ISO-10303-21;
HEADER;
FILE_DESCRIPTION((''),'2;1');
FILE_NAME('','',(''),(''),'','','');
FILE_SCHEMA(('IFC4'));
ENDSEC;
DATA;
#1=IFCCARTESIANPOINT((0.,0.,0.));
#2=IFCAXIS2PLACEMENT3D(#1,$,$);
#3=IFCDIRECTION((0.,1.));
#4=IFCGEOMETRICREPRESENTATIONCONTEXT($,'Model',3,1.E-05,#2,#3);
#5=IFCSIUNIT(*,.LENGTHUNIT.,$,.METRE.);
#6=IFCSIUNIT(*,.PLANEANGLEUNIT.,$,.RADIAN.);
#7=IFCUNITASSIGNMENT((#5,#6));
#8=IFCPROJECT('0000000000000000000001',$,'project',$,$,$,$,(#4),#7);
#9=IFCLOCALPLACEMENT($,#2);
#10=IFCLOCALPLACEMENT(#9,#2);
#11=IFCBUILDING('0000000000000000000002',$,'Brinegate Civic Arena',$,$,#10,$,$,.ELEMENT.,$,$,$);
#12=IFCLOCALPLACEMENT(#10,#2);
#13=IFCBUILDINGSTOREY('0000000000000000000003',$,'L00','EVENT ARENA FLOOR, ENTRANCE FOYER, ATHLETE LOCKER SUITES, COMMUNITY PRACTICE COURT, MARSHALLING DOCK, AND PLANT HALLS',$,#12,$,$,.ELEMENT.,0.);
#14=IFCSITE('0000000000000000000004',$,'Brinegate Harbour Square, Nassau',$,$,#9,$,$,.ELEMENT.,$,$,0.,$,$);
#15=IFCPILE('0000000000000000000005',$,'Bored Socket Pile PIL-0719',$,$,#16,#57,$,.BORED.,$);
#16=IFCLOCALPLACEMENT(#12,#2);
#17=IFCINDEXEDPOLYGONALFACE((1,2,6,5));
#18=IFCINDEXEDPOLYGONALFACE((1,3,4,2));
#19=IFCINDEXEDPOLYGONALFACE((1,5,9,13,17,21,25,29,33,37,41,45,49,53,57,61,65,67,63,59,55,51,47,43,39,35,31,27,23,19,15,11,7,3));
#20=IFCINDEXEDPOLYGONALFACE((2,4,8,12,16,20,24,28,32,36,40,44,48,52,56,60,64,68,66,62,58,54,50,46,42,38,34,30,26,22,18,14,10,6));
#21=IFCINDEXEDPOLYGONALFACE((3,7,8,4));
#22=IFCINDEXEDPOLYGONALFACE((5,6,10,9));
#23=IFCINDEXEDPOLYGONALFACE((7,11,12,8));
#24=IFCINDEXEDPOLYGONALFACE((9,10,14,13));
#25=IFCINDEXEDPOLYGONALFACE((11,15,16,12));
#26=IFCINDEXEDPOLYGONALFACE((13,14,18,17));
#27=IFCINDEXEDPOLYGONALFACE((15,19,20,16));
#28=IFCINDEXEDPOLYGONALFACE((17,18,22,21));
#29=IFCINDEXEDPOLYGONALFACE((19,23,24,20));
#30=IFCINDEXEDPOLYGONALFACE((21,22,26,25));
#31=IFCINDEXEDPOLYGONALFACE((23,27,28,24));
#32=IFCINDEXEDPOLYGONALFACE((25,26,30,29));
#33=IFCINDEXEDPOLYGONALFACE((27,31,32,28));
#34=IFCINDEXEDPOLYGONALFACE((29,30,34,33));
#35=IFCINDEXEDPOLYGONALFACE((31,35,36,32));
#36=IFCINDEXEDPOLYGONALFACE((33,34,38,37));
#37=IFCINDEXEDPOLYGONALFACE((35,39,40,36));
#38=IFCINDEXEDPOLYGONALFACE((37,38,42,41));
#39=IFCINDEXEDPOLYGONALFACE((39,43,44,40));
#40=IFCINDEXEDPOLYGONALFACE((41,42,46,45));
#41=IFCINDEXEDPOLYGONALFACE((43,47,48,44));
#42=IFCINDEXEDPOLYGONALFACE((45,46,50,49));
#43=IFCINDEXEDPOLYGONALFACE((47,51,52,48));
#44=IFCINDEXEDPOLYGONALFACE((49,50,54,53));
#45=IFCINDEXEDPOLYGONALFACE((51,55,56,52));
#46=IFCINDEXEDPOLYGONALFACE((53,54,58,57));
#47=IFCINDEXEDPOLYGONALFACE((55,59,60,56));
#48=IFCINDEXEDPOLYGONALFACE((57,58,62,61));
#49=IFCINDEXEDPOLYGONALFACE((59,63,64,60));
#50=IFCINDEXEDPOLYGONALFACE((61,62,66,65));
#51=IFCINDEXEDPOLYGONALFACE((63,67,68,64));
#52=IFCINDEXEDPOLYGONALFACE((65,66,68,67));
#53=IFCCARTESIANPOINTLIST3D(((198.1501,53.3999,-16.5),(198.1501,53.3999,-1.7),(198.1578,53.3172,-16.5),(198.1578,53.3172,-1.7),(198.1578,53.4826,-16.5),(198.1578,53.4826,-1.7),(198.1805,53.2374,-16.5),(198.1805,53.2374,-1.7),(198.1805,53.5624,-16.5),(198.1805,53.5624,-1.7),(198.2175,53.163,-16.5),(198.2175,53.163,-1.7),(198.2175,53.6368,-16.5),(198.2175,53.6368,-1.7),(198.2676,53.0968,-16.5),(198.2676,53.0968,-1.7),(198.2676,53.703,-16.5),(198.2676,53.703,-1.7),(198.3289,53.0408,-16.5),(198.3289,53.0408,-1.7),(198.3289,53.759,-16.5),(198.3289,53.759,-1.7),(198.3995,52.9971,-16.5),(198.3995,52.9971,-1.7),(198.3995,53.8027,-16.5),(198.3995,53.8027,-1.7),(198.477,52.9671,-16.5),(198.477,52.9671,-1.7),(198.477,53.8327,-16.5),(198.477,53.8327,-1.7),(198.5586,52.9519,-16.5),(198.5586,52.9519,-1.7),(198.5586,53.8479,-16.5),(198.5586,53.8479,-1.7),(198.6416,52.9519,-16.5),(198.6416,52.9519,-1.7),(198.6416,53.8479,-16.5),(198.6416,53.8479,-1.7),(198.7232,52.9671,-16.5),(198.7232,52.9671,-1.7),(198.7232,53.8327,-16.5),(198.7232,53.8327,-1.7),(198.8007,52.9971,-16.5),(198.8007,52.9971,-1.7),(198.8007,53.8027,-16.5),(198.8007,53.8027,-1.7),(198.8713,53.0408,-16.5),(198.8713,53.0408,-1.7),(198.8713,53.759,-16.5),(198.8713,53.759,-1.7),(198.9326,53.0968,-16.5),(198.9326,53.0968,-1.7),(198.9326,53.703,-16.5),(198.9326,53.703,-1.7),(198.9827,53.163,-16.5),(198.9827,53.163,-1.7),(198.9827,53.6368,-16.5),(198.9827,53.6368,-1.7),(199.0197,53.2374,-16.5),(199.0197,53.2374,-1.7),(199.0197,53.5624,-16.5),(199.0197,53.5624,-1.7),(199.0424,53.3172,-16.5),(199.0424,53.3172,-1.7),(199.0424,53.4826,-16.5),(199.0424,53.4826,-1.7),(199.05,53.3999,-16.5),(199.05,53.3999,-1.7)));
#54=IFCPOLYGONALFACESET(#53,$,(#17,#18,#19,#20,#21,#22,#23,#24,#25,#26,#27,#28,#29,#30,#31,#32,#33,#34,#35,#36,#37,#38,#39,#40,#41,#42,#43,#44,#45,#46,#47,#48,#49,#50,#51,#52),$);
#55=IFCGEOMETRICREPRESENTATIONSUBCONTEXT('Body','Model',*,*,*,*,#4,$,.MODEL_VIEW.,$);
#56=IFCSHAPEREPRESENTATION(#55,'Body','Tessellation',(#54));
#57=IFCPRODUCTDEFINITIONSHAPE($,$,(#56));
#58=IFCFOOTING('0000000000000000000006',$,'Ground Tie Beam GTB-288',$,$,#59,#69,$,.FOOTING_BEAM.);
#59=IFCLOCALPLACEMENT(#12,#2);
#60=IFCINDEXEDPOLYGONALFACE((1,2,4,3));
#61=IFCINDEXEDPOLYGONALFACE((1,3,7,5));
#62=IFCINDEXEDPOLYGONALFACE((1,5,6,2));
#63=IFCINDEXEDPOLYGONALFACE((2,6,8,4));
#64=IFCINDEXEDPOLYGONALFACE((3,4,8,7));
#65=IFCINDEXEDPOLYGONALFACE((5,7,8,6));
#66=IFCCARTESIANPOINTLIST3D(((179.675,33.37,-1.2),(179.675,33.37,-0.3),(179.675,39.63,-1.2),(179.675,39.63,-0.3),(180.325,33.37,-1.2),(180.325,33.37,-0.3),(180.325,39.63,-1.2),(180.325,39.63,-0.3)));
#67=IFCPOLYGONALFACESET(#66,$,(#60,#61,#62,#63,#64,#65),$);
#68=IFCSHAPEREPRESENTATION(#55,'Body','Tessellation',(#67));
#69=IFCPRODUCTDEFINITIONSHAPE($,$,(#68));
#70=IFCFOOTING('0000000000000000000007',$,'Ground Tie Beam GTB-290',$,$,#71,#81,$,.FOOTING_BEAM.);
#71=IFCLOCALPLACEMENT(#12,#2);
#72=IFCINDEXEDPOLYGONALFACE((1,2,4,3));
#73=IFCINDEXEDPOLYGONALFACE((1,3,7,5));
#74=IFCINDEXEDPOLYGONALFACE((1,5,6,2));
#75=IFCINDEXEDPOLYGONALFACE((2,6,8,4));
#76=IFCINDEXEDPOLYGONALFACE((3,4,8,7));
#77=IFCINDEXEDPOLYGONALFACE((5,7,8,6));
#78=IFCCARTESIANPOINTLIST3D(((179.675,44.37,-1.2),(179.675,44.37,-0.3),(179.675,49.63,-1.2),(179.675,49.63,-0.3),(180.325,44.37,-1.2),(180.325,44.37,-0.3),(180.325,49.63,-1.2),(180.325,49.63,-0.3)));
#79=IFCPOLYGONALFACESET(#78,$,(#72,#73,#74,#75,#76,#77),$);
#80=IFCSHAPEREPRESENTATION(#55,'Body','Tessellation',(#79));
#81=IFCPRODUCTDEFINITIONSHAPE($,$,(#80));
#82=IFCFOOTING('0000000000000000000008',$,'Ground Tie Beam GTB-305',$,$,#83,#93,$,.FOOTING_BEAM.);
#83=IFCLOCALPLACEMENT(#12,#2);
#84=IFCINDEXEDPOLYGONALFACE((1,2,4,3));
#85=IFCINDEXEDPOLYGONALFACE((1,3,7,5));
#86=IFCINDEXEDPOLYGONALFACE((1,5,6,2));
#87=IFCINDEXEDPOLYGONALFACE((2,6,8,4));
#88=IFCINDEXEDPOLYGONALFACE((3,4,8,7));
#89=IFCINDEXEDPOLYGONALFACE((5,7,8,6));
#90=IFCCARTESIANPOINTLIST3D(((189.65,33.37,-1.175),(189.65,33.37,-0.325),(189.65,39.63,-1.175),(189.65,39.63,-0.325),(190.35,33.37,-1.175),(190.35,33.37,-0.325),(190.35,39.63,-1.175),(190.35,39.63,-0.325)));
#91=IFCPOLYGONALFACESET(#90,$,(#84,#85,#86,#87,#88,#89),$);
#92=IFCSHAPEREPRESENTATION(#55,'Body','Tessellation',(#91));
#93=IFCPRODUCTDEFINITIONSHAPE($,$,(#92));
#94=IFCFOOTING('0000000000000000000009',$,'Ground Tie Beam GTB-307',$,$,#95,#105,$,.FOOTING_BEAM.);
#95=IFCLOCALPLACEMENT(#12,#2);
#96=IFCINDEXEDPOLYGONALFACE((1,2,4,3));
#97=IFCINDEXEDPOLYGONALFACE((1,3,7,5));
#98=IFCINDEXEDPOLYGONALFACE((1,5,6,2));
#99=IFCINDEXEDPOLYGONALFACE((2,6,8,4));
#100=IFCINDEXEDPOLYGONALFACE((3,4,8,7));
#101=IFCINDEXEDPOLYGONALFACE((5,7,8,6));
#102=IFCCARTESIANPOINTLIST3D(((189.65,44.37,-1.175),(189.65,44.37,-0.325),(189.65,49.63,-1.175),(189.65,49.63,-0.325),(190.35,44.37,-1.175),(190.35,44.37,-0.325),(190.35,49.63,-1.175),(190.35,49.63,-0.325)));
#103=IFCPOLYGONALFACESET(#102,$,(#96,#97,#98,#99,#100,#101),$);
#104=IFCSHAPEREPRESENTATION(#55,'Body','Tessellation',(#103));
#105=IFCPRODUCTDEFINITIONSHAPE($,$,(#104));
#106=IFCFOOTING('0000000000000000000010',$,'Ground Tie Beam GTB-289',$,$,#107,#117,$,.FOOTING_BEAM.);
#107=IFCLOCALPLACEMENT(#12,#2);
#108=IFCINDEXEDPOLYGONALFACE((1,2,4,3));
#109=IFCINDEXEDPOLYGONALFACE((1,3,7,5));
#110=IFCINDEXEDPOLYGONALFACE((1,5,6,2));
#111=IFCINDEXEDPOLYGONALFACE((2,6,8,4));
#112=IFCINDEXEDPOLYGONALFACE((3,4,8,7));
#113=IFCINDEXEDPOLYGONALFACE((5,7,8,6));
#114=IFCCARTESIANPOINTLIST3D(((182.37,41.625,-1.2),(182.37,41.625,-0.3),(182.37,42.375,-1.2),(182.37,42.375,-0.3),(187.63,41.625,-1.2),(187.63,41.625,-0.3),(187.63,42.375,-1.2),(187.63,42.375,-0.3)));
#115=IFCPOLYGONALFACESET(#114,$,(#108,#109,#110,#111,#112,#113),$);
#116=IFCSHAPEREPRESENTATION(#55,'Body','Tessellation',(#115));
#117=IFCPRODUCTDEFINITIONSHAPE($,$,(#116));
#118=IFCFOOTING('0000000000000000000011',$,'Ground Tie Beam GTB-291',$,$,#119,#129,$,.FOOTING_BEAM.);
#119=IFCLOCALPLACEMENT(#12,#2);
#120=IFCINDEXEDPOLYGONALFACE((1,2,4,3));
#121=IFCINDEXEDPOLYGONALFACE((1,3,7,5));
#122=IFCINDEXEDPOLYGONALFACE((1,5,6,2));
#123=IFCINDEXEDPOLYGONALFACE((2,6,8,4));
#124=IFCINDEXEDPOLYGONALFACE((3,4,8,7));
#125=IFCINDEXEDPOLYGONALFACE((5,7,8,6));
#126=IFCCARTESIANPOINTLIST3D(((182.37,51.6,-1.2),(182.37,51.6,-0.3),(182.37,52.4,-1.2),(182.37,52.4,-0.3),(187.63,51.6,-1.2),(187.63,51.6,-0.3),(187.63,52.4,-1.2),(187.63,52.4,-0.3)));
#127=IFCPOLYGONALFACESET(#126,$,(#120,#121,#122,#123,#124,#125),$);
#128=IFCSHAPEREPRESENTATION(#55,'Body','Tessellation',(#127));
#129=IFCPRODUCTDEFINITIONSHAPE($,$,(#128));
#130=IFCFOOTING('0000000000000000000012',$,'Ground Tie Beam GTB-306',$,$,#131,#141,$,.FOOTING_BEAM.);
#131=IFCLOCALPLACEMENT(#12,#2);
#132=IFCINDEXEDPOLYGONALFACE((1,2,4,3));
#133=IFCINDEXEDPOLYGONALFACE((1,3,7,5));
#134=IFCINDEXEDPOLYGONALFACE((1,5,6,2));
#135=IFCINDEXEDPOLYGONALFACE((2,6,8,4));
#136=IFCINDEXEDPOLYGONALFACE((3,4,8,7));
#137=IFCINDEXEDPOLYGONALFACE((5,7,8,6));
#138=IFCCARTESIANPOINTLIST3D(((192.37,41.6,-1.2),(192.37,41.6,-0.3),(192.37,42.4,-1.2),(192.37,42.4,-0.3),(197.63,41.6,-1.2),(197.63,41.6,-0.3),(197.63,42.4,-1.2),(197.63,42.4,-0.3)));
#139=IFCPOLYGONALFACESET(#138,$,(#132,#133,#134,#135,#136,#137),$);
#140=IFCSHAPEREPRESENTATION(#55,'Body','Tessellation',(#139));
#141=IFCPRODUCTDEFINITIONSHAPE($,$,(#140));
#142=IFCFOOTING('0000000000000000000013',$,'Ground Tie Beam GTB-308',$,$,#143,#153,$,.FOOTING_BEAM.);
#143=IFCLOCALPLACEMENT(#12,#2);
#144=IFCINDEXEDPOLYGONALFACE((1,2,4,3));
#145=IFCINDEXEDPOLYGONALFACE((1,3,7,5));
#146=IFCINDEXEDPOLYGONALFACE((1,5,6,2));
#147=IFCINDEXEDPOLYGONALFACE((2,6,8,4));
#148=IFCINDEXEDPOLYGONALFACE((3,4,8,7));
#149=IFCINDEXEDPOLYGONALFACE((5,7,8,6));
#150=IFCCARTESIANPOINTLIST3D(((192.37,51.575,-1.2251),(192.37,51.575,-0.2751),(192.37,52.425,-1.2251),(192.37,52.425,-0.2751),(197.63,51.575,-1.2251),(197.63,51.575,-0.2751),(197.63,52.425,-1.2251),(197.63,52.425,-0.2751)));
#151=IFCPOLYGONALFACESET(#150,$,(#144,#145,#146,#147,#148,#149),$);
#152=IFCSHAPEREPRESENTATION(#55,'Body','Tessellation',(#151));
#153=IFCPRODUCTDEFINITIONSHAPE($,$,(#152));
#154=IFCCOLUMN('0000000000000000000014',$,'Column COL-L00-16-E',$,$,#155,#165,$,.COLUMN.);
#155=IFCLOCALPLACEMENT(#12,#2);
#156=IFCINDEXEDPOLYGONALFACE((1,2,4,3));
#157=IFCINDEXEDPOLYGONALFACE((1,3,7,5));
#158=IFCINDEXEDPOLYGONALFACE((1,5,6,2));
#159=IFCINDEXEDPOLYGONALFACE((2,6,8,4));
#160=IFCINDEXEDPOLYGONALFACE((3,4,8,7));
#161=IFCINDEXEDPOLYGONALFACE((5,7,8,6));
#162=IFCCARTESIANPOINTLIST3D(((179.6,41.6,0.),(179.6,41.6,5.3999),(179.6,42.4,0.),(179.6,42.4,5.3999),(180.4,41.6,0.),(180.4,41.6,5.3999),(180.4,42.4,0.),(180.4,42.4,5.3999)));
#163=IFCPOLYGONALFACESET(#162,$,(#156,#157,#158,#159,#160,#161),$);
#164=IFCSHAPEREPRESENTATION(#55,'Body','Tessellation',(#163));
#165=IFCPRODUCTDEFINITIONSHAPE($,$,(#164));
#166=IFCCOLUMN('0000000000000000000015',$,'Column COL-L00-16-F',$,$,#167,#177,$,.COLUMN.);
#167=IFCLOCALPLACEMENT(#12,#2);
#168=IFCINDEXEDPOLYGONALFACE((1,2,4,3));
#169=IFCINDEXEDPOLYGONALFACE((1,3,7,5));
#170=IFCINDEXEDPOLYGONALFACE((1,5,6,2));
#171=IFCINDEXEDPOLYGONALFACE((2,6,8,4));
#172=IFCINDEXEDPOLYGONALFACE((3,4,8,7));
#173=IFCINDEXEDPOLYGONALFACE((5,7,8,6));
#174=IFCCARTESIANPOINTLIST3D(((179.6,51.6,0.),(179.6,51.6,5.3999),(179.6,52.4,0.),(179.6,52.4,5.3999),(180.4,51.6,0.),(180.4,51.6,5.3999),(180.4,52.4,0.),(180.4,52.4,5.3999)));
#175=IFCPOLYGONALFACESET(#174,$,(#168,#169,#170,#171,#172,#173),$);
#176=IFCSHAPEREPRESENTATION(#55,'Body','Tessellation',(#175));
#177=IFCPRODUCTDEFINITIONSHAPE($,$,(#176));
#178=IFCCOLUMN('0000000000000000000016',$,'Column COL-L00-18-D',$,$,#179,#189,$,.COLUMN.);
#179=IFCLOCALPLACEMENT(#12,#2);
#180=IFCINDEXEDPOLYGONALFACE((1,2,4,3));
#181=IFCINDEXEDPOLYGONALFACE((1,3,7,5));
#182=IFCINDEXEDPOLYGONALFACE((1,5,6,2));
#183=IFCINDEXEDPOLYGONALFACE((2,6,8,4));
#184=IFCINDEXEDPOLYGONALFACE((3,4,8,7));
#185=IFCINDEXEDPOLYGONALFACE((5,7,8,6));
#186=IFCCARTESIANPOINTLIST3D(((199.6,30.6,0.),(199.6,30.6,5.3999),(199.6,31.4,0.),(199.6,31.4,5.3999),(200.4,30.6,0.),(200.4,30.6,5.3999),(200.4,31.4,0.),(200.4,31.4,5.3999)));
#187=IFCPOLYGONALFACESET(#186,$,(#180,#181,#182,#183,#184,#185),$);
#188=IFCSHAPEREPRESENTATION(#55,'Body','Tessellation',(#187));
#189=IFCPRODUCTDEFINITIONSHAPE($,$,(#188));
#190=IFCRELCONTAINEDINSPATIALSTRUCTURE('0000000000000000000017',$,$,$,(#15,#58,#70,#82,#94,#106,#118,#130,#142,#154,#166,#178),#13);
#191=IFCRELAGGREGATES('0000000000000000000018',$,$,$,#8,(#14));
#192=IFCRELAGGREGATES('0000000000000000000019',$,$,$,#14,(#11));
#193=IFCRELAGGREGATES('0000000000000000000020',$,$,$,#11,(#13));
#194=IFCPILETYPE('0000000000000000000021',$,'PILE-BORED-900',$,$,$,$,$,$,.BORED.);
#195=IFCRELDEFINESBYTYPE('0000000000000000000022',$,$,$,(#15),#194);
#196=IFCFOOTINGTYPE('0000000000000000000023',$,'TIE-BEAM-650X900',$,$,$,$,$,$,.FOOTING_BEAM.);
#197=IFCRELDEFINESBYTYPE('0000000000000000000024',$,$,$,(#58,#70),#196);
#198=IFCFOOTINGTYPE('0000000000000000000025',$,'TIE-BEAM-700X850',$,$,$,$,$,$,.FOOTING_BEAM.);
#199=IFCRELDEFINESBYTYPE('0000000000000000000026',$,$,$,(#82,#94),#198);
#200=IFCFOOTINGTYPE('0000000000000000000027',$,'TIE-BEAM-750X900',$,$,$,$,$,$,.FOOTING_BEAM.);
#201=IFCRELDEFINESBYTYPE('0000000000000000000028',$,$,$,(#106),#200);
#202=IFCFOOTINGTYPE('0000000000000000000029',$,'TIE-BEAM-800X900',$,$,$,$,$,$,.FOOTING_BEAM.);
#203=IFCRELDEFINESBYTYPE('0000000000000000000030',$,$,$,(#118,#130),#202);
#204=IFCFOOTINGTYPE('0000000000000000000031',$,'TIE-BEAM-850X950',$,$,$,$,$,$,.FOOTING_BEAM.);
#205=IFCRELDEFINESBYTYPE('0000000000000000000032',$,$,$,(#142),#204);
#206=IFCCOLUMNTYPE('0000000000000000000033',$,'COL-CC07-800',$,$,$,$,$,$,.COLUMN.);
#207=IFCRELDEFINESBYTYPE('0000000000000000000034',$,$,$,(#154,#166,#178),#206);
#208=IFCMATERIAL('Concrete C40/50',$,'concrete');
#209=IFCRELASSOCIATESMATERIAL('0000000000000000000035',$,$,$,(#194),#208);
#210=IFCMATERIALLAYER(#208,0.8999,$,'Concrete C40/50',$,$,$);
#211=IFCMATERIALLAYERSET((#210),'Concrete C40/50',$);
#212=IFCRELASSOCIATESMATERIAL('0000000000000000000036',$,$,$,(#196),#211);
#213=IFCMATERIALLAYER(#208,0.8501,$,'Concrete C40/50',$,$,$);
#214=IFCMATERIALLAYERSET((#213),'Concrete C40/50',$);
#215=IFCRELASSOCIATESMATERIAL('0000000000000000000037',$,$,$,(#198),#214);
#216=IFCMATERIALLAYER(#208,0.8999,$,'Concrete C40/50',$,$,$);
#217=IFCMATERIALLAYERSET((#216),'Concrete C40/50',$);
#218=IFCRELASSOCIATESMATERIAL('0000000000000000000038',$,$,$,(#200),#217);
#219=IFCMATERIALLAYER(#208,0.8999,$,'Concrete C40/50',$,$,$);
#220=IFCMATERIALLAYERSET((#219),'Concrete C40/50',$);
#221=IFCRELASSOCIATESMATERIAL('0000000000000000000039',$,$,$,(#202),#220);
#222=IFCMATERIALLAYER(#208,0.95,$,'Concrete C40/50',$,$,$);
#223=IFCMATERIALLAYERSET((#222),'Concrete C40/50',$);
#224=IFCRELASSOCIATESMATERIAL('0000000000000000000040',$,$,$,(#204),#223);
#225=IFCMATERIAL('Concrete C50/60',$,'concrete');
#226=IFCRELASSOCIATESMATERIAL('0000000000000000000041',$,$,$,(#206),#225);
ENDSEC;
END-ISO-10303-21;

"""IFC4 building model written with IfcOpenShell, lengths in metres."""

from ifc_helpers import new_model, si_unit, direction, frame, origin, origin_2d, place, context, subcontext, project, spatial, rectangle, circle, extrude, material, layer, layer_set, material_profile, profile_set, type_object, element, save


model = new_model("IFC4")

# Units and contexts
model_context = context("Model", 3, precision=1e-05, world=origin(), true_north=direction((0.0, 1.0)))
body_context = subcontext(model_context, "Body", "Model", "MODEL_VIEW")
ifc_project = project(units=[si_unit("LENGTHUNIT", "METRE"), si_unit("PLANEANGLEUNIT", "RADIAN")], contexts=[model_context])

# Site, building, storey
site_placement = place(None, origin())
site = spatial("IfcSite", under=ifc_project, at=site_placement, Name="Brinegate Harbour Square, Nassau", CompositionType="ELEMENT", RefElevation=0.0)
building_placement = place(site_placement, origin())
building = spatial("IfcBuilding", under=site, at=building_placement, Name="Brinegate Civic Arena", CompositionType="ELEMENT")
storey_placement = place(building_placement, origin())
storey = spatial("IfcBuildingStorey", under=building, at=storey_placement, Name="L00", Description="EVENT ARENA FLOOR, ENTRANCE FOYER, ATHLETE LOCKER SUITES, COMMUNITY PRACTICE COURT, MARSHALLING DOCK, AND PLANT HALLS", CompositionType="ELEMENT", Elevation=0.0)

# Shared definitions
ifc_material_1 = material(Name="Concrete C40/50", Category="concrete")

# Pile
ifc_material_profile_1 = material_profile(ifc_material_1, circle(Radius=0.45, at=origin_2d()), Name="PILED900")
ifc_profile_set_1 = profile_set([ifc_material_profile_1], Name="Concrete C40/50")
pile_type = type_object("IfcPileType", Name="PILE-BORED-900", PredefinedType="BORED", material=ifc_profile_set_1)
for number, where, z_axis, x_axis, name in (
    (1, (198.6001, 53.3999, -1.7), (0.0, 0.0, -1.0), (1.0, 0.0, 0.0), "Bored Socket Pile PIL-0719"),
):
    element("IfcPile", number, at=place(storey_placement, frame(where, z_axis=z_axis, x_axis=x_axis)), inside=storey, type_object=pile_type, Name=name, PredefinedType="BORED", context=body_context, shape_type="SweptSolid", body=[
        extrude(circle(Radius=0.45, at=origin_2d()), origin(), (0.0, 0.0, 1.0), 14.8),
    ])

# Footings
ifc_layer_1 = layer(ifc_material_1, 0.8999, Name="Concrete C40/50")
ifc_layer_set_1 = layer_set([ifc_layer_1], Name="Concrete C40/50")
footing_type_1 = type_object("IfcFootingType", Name="TIE-BEAM-650X900", PredefinedType="FOOTING_BEAM", material=ifc_layer_set_1)
footing_1_placement = place(storey_placement, frame((180.0, 36.5, -1.2), z_axis=(0.0, 0.0, 1.0), x_axis=(0.0, 1.0, 0.0)))
element("IfcFooting", 2, at=footing_1_placement, inside=storey, type_object=footing_type_1, Name="Ground Tie Beam GTB-288", PredefinedType="FOOTING_BEAM", context=body_context, shape_type="SweptSolid", body=[
    extrude(rectangle(XDim=6.26, YDim=0.6499, at=origin_2d()), origin(), (0.0, 0.0, 1.0), 0.8999),
])
footing_2_placement = place(storey_placement, frame((180.0, 47.0, -1.2), z_axis=(0.0, 0.0, 1.0), x_axis=(0.0, 1.0, 0.0)))
element("IfcFooting", 3, at=footing_2_placement, inside=storey, type_object=footing_type_1, Name="Ground Tie Beam GTB-290", PredefinedType="FOOTING_BEAM", context=body_context, shape_type="SweptSolid", body=[
    extrude(rectangle(XDim=5.26, YDim=0.6499, at=origin_2d()), origin(), (0.0, 0.0, 1.0), 0.8999),
])
ifc_layer_2 = layer(ifc_material_1, 0.8501, Name="Concrete C40/50")
ifc_layer_set_2 = layer_set([ifc_layer_2], Name="Concrete C40/50")
footing_type_2 = type_object("IfcFootingType", Name="TIE-BEAM-700X850", PredefinedType="FOOTING_BEAM", material=ifc_layer_set_2)
footing_3_placement = place(storey_placement, frame((190.0, 36.5, -1.175), z_axis=(0.0, 0.0, 1.0), x_axis=(0.0, 1.0, 0.0)))
element("IfcFooting", 4, at=footing_3_placement, inside=storey, type_object=footing_type_2, Name="Ground Tie Beam GTB-305", PredefinedType="FOOTING_BEAM", context=body_context, shape_type="SweptSolid", body=[
    extrude(rectangle(XDim=6.26, YDim=0.7, at=origin_2d()), origin(), (0.0, 0.0, 1.0), 0.8501),
])
footing_4_placement = place(storey_placement, frame((190.0, 47.0, -1.175), z_axis=(0.0, 0.0, 1.0), x_axis=(0.0, 1.0, 0.0)))
element("IfcFooting", 5, at=footing_4_placement, inside=storey, type_object=footing_type_2, Name="Ground Tie Beam GTB-307", PredefinedType="FOOTING_BEAM", context=body_context, shape_type="SweptSolid", body=[
    extrude(rectangle(XDim=5.26, YDim=0.7, at=origin_2d()), origin(), (0.0, 0.0, 1.0), 0.8501),
])
ifc_layer_3 = layer(ifc_material_1, 0.8999, Name="Concrete C40/50")
ifc_layer_set_3 = layer_set([ifc_layer_3], Name="Concrete C40/50")
footing_type_3 = type_object("IfcFootingType", Name="TIE-BEAM-750X900", PredefinedType="FOOTING_BEAM", material=ifc_layer_set_3)
footing_5_placement = place(storey_placement, frame((185.0, 42.0, -1.2), z_axis=(0.0, 0.0, 1.0), x_axis=(1.0, 0.0, 0.0)))
element("IfcFooting", 6, at=footing_5_placement, inside=storey, type_object=footing_type_3, Name="Ground Tie Beam GTB-289", PredefinedType="FOOTING_BEAM", context=body_context, shape_type="SweptSolid", body=[
    extrude(rectangle(XDim=5.26, YDim=0.75, at=origin_2d()), origin(), (0.0, 0.0, 1.0), 0.8999),
])
ifc_layer_4 = layer(ifc_material_1, 0.8999, Name="Concrete C40/50")
ifc_layer_set_4 = layer_set([ifc_layer_4], Name="Concrete C40/50")
footing_type_4 = type_object("IfcFootingType", Name="TIE-BEAM-800X900", PredefinedType="FOOTING_BEAM", material=ifc_layer_set_4)
for number, where, z_axis, x_axis, name in (
    (7, (185.0, 52.0, -1.2), (0.0, 0.0, 1.0), (1.0, 0.0, 0.0), "Ground Tie Beam GTB-291"),
    (8, (195.0, 42.0, -1.2), (0.0, 0.0, 1.0), (1.0, 0.0, 0.0), "Ground Tie Beam GTB-306"),
):
    element("IfcFooting", number, at=place(storey_placement, frame(where, z_axis=z_axis, x_axis=x_axis)), inside=storey, type_object=footing_type_4, Name=name, PredefinedType="FOOTING_BEAM", context=body_context, shape_type="SweptSolid", body=[
        extrude(rectangle(XDim=5.26, YDim=0.8, at=origin_2d()), origin(), (0.0, 0.0, 1.0), 0.8999),
    ])
ifc_layer_5 = layer(ifc_material_1, 0.95, Name="Concrete C40/50")
ifc_layer_set_5 = layer_set([ifc_layer_5], Name="Concrete C40/50")
footing_type_5 = type_object("IfcFootingType", Name="TIE-BEAM-850X950", PredefinedType="FOOTING_BEAM", material=ifc_layer_set_5)
footing_6_placement = place(storey_placement, frame((195.0, 52.0, -1.2251), z_axis=(0.0, 0.0, 1.0), x_axis=(1.0, 0.0, 0.0)))
element("IfcFooting", 9, at=footing_6_placement, inside=storey, type_object=footing_type_5, Name="Ground Tie Beam GTB-308", PredefinedType="FOOTING_BEAM", context=body_context, shape_type="SweptSolid", body=[
    extrude(rectangle(XDim=5.26, YDim=0.8501, at=origin_2d()), origin(), (0.0, 0.0, 1.0), 0.95),
])

# Columns
ifc_material_2 = material(Name="Concrete C50/60", Category="concrete")
ifc_material_profile_2 = material_profile(ifc_material_2, rectangle(XDim=0.8, YDim=0.8, at=origin_2d()), Name="RC800X800")
ifc_profile_set_2 = profile_set([ifc_material_profile_2], Name="Concrete C50/60")
column_type_1 = type_object("IfcColumnType", Name="COL-CC07-800", PredefinedType="COLUMN", material=ifc_profile_set_2)
for number, where, z_axis, x_axis, name in (
    (10, (180.0, 42.0, 0.0), (0.0, 0.0, 1.0), (1.0, 0.0, 0.0), "Column COL-L00-16-E"),
    (11, (180.0, 52.0, 0.0), (0.0, 0.0, 1.0), (1.0, 0.0, 0.0), "Column COL-L00-16-F"),
    (12, (200.0, 31.0, 0.0), (0.0, 0.0, 1.0), (1.0, 0.0, 0.0), "Column COL-L00-18-D"),
):
    element("IfcColumn", number, at=place(storey_placement, frame(where, z_axis=z_axis, x_axis=x_axis)), inside=storey, type_object=column_type_1, Name=name, PredefinedType="COLUMN", context=body_context, shape_type="SweptSolid", body=[
        extrude(rectangle(XDim=0.8, YDim=0.8, at=origin_2d()), origin(), (0.0, 0.0, 1.0), 5.3999),
    ])

save(model, "model.ifc")
